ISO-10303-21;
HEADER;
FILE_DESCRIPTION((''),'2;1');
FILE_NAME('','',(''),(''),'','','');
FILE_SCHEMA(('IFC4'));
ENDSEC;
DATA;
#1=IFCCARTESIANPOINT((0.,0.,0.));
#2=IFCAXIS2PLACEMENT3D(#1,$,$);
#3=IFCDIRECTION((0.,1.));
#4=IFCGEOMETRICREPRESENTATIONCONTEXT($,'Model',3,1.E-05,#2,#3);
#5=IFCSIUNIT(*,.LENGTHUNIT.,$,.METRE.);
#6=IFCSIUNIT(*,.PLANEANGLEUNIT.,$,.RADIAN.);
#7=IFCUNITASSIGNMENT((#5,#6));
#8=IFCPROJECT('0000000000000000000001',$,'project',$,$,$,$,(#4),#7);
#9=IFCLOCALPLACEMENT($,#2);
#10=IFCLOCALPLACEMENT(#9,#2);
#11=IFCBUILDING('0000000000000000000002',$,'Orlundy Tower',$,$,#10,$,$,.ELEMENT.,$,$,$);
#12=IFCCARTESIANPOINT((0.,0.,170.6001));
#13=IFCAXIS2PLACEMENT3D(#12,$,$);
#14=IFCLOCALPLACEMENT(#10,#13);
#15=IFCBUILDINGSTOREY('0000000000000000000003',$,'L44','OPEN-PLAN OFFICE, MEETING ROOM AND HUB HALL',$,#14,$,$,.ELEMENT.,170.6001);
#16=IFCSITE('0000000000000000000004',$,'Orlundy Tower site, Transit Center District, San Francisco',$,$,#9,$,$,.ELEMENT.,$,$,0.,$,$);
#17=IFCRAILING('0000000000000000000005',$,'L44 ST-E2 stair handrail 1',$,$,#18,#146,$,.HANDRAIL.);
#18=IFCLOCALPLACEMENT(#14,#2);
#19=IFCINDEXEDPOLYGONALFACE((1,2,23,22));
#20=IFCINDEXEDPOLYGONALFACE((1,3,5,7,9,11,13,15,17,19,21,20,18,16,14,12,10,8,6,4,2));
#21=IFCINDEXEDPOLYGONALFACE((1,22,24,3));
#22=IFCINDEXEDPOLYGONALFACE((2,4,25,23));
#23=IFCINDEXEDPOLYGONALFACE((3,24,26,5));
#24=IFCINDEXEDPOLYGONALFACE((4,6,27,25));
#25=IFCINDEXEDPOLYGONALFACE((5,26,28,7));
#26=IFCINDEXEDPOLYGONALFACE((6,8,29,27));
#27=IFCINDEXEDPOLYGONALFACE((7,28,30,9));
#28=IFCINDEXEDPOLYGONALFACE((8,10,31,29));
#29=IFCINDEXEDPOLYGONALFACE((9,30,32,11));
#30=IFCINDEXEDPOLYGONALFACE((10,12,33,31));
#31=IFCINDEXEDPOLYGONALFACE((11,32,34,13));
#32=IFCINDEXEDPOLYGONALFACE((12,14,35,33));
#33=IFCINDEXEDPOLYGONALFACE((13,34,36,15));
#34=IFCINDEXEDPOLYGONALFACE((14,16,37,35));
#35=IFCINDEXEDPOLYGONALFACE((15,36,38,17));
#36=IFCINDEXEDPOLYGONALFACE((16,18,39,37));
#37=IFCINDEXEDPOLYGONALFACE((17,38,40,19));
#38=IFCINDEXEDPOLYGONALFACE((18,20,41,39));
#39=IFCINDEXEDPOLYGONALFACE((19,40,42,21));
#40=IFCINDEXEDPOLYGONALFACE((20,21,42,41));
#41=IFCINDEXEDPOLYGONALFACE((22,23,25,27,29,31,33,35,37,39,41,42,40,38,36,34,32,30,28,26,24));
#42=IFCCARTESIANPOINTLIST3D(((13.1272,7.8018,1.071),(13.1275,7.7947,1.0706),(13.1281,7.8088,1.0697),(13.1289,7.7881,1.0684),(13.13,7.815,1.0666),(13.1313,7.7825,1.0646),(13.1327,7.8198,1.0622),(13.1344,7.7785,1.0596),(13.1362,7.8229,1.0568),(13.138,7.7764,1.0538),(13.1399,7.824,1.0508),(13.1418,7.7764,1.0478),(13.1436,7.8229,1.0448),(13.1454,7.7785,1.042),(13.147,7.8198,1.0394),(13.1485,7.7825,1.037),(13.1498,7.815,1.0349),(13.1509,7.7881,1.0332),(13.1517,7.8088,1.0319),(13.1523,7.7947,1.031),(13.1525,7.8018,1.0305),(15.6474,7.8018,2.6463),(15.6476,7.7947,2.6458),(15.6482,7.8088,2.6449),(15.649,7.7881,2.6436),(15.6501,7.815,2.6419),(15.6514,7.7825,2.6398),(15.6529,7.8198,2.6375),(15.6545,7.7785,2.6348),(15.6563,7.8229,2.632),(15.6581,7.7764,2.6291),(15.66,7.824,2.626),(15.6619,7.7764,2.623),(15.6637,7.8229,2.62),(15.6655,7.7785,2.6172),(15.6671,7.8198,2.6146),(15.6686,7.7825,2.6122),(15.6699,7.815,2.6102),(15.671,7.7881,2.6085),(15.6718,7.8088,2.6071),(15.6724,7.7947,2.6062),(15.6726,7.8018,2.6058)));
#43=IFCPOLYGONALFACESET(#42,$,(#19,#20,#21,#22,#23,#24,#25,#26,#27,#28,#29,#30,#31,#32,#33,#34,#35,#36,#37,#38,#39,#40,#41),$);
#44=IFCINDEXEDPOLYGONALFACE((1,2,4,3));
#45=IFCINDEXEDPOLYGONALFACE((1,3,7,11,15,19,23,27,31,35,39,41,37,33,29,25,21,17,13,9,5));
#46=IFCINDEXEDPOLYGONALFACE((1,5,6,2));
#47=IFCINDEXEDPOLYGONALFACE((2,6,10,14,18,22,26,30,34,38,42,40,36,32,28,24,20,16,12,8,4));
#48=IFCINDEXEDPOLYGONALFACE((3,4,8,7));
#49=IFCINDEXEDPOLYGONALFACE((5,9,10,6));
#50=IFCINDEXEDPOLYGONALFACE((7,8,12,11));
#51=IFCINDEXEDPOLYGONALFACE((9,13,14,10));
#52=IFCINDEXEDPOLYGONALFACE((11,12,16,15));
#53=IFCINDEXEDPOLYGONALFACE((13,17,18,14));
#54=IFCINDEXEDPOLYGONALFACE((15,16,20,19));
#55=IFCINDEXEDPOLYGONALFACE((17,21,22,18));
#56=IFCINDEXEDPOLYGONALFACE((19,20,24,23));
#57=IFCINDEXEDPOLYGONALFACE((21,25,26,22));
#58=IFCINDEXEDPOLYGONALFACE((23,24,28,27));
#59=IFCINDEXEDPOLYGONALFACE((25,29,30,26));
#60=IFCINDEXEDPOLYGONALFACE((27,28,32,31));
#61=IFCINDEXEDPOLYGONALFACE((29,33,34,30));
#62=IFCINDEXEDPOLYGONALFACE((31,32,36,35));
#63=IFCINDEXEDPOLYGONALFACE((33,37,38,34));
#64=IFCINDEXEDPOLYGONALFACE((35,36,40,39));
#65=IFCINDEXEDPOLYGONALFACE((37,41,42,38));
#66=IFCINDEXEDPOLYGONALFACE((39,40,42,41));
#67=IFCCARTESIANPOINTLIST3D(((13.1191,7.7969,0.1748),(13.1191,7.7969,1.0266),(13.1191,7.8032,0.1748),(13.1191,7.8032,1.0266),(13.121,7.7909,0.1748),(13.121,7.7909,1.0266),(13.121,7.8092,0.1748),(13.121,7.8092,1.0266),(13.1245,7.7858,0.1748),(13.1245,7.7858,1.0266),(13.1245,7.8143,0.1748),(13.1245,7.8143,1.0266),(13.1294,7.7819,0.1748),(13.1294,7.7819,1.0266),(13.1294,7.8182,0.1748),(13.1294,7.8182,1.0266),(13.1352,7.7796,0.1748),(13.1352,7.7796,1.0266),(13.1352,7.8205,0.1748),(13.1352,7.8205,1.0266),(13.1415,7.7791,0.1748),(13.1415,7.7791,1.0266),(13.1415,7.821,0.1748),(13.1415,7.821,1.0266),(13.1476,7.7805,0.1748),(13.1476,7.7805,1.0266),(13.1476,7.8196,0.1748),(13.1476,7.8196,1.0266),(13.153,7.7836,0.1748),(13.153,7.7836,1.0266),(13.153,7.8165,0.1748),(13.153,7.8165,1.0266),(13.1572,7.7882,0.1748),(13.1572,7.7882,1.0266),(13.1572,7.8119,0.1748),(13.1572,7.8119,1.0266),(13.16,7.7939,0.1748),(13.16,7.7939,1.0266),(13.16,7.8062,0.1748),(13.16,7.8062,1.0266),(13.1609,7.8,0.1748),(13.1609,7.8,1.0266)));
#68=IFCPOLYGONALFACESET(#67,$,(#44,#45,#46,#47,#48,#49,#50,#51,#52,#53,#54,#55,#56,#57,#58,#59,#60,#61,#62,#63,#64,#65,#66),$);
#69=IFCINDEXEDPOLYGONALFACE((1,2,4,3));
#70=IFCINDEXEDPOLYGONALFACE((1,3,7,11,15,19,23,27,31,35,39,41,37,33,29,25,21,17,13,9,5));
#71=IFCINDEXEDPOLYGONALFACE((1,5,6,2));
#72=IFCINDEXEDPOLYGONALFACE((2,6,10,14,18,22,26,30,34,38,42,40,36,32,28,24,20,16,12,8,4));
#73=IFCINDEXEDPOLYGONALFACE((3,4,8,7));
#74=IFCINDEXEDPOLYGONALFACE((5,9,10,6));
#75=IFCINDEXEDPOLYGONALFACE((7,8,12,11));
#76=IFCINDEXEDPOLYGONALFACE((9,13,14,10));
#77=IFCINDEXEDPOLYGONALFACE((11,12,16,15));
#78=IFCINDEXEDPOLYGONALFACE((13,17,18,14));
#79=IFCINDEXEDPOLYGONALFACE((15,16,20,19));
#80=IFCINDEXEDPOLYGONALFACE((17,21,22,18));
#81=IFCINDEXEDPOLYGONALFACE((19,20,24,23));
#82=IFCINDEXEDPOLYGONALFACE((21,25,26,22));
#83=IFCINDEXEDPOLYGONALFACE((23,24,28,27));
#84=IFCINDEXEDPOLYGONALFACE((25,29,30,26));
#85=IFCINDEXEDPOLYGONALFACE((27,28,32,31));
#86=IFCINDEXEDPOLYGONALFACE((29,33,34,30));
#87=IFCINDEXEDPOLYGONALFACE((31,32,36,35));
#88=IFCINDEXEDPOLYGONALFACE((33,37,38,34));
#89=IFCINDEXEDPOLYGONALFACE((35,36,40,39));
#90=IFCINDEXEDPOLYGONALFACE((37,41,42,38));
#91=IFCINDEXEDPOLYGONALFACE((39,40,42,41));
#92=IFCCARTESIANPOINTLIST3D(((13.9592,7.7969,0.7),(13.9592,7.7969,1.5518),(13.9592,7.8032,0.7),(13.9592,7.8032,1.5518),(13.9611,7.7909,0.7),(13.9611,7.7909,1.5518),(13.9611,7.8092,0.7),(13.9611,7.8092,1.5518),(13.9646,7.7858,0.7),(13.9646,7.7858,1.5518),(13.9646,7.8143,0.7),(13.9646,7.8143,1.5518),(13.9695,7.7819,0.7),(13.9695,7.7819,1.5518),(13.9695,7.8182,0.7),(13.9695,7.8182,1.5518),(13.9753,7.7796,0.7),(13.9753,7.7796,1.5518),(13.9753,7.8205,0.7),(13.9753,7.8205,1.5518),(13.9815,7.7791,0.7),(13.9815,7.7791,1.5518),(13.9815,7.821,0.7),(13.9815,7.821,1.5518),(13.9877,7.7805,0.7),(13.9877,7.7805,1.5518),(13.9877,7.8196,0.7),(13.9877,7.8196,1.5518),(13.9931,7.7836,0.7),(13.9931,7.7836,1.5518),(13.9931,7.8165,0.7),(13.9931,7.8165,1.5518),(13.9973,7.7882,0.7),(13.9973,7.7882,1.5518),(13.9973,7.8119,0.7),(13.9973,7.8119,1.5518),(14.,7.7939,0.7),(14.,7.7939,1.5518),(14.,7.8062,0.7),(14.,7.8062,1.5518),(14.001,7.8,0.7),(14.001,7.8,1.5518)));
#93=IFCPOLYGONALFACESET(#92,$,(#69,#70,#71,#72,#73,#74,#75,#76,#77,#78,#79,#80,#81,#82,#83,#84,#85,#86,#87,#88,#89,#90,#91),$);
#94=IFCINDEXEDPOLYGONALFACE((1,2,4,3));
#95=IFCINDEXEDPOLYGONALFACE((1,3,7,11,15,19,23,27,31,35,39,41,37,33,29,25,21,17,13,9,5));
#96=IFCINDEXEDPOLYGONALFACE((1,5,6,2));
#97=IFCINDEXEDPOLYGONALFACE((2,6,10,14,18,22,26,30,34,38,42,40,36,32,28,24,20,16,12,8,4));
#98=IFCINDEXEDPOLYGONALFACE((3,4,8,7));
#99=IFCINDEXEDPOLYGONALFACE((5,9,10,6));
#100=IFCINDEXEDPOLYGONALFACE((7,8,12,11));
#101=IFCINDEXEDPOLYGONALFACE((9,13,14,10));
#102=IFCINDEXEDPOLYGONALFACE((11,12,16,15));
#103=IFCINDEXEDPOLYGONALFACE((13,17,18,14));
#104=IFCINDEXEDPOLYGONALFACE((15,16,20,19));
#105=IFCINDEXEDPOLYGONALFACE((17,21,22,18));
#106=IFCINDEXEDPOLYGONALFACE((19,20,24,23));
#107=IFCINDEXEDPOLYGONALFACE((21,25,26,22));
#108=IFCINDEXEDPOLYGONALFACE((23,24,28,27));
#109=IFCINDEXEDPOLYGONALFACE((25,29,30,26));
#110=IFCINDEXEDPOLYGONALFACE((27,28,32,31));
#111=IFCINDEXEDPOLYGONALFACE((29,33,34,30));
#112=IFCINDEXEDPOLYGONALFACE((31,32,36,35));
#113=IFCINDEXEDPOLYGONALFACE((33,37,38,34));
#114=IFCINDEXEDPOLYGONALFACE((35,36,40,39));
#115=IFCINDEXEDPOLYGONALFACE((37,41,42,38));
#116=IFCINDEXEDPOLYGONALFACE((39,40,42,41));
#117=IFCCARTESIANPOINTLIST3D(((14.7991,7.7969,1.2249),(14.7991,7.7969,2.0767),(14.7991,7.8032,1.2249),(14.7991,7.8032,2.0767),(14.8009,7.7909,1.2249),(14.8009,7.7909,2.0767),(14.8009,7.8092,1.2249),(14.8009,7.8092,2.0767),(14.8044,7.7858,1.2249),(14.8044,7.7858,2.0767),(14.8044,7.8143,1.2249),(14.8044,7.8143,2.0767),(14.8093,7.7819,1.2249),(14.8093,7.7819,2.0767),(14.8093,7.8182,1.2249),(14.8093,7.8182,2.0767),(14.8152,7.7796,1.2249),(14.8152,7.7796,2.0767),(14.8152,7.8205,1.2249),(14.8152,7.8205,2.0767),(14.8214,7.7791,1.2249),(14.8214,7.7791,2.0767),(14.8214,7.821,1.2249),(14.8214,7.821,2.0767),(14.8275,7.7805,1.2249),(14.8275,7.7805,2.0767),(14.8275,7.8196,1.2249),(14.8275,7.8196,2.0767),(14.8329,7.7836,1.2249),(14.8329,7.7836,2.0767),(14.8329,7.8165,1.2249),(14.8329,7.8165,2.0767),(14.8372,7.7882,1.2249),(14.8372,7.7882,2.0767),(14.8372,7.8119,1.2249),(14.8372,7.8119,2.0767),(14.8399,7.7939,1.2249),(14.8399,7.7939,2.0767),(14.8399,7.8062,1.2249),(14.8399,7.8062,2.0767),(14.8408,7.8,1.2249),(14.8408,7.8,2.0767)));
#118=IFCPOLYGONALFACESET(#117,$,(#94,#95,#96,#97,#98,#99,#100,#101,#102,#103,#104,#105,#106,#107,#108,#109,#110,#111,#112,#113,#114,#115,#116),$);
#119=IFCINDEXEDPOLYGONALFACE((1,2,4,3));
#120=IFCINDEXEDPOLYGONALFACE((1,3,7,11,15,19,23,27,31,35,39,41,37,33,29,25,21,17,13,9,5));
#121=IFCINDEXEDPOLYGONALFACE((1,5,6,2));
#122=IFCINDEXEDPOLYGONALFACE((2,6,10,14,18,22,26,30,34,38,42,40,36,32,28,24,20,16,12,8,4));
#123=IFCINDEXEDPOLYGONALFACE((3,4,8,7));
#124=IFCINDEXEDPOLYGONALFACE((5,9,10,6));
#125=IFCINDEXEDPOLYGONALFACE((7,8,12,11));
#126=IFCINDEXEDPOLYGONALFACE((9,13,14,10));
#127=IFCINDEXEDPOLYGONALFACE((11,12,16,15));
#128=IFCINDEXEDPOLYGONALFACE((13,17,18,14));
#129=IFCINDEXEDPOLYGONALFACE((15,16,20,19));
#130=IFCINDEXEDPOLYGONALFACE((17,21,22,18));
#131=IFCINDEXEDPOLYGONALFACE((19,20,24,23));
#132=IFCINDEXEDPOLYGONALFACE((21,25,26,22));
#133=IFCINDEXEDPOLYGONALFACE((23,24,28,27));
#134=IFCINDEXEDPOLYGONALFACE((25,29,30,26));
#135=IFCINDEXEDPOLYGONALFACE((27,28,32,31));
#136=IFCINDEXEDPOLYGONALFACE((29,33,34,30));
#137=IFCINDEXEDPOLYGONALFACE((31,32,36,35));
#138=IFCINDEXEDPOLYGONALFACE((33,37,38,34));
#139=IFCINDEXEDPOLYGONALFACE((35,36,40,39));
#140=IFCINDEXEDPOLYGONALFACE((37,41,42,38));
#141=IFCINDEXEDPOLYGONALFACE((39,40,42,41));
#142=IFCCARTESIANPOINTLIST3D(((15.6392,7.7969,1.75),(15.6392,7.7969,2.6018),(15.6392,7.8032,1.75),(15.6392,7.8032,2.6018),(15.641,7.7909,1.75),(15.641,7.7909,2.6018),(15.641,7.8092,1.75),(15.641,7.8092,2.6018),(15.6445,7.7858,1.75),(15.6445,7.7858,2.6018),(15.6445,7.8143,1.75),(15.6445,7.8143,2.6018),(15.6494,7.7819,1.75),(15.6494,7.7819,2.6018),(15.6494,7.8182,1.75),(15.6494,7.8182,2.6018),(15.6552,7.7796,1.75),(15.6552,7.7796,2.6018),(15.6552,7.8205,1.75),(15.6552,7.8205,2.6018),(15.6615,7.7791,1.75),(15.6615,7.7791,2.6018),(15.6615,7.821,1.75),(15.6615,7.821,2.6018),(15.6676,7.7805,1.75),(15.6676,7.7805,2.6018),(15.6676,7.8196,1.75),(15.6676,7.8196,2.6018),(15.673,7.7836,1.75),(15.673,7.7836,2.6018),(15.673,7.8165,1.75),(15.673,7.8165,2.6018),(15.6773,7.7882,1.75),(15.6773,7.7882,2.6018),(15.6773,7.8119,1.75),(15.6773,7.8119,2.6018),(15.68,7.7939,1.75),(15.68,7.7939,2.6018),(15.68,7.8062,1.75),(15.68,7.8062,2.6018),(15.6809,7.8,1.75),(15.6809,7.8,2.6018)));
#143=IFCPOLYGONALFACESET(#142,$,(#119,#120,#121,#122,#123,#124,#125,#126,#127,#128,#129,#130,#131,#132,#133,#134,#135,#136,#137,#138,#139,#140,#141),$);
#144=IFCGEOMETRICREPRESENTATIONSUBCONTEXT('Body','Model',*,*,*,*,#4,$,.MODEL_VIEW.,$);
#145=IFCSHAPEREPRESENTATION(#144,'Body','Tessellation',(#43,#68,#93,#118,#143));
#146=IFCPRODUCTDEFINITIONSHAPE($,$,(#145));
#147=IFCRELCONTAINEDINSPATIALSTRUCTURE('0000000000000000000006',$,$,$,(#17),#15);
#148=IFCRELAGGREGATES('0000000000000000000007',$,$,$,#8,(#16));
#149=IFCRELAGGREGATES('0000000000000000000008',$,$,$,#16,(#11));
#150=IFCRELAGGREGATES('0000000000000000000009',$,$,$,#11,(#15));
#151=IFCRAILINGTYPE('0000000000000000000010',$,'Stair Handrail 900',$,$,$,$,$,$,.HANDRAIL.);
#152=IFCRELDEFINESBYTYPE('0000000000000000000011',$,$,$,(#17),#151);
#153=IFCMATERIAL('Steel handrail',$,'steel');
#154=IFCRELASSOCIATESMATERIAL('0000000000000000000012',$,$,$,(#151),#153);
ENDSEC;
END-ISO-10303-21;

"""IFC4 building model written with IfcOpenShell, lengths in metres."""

from ifc_helpers import new_model, si_unit, direction, frame, origin, origin_2d, place, context, subcontext, project, spatial, circle, extrude, material, type_object, element, save


model = new_model("IFC4")

# Units and contexts
model_context = context("Model", 3, precision=1e-05, world=origin(), true_north=direction((0.0, 1.0)))
body_context = subcontext(model_context, "Body", "Model", "MODEL_VIEW")
ifc_project = project(units=[si_unit("LENGTHUNIT", "METRE"), si_unit("PLANEANGLEUNIT", "RADIAN")], contexts=[model_context])

# Site, building, storey
site_placement = place(None, origin())
site = spatial("IfcSite", under=ifc_project, at=site_placement, Name="Orlundy Tower site, Transit Center District, San Francisco", CompositionType="ELEMENT", RefElevation=0.0)
building_placement = place(site_placement, origin())
building = spatial("IfcBuilding", under=site, at=building_placement, Name="Orlundy Tower", CompositionType="ELEMENT")
storey_placement = place(building_placement, frame((0.0, 0.0, 170.6001)))
storey = spatial("IfcBuildingStorey", under=building, at=storey_placement, Name="L44", Description="OPEN-PLAN OFFICE, MEETING ROOM AND HUB HALL", CompositionType="ELEMENT", Elevation=170.6001)

# Railing
ifc_material_1 = material(Name="Steel handrail", Category="steel")
railing_type_1 = type_object("IfcRailingType", Name="Stair Handrail 900", PredefinedType="HANDRAIL", material=ifc_material_1)
railing_1_placement = place(storey_placement, frame((13.1399, 7.8, 0.1748)))
element("IfcRailing", 1, at=railing_1_placement, inside=storey, type_object=railing_type_1, Name="L44 ST-E2 stair handrail 1", PredefinedType="HANDRAIL", context=body_context, shape_type="SweptSolid", body=[
    extrude(circle(Radius=0.0239, at=origin_2d()), frame((0.0, 0.0, 0.876), z_axis=(0.847971, 0.0, 0.530043), x_axis=(0.0, 1.0, 0.0)), (0.0, 0.0, 1.0), 2.9719),
    extrude(circle(Radius=0.021, at=origin_2d()), origin(), (0.0, 0.0, 1.0), 0.8518),
    extrude(circle(Radius=0.021, at=origin_2d()), frame((0.8401, 0.0, 0.5251)), (0.0, 0.0, 1.0), 0.8518),
    extrude(circle(Radius=0.021, at=origin_2d()), frame((1.6799, 0.0, 1.05)), (0.0, 0.0, 1.0), 0.8518),
    extrude(circle(Radius=0.021, at=origin_2d()), frame((2.52, 0.0, 1.5752)), (0.0, 0.0, 1.0), 0.8518),
])

save(model, "model.ifc")
